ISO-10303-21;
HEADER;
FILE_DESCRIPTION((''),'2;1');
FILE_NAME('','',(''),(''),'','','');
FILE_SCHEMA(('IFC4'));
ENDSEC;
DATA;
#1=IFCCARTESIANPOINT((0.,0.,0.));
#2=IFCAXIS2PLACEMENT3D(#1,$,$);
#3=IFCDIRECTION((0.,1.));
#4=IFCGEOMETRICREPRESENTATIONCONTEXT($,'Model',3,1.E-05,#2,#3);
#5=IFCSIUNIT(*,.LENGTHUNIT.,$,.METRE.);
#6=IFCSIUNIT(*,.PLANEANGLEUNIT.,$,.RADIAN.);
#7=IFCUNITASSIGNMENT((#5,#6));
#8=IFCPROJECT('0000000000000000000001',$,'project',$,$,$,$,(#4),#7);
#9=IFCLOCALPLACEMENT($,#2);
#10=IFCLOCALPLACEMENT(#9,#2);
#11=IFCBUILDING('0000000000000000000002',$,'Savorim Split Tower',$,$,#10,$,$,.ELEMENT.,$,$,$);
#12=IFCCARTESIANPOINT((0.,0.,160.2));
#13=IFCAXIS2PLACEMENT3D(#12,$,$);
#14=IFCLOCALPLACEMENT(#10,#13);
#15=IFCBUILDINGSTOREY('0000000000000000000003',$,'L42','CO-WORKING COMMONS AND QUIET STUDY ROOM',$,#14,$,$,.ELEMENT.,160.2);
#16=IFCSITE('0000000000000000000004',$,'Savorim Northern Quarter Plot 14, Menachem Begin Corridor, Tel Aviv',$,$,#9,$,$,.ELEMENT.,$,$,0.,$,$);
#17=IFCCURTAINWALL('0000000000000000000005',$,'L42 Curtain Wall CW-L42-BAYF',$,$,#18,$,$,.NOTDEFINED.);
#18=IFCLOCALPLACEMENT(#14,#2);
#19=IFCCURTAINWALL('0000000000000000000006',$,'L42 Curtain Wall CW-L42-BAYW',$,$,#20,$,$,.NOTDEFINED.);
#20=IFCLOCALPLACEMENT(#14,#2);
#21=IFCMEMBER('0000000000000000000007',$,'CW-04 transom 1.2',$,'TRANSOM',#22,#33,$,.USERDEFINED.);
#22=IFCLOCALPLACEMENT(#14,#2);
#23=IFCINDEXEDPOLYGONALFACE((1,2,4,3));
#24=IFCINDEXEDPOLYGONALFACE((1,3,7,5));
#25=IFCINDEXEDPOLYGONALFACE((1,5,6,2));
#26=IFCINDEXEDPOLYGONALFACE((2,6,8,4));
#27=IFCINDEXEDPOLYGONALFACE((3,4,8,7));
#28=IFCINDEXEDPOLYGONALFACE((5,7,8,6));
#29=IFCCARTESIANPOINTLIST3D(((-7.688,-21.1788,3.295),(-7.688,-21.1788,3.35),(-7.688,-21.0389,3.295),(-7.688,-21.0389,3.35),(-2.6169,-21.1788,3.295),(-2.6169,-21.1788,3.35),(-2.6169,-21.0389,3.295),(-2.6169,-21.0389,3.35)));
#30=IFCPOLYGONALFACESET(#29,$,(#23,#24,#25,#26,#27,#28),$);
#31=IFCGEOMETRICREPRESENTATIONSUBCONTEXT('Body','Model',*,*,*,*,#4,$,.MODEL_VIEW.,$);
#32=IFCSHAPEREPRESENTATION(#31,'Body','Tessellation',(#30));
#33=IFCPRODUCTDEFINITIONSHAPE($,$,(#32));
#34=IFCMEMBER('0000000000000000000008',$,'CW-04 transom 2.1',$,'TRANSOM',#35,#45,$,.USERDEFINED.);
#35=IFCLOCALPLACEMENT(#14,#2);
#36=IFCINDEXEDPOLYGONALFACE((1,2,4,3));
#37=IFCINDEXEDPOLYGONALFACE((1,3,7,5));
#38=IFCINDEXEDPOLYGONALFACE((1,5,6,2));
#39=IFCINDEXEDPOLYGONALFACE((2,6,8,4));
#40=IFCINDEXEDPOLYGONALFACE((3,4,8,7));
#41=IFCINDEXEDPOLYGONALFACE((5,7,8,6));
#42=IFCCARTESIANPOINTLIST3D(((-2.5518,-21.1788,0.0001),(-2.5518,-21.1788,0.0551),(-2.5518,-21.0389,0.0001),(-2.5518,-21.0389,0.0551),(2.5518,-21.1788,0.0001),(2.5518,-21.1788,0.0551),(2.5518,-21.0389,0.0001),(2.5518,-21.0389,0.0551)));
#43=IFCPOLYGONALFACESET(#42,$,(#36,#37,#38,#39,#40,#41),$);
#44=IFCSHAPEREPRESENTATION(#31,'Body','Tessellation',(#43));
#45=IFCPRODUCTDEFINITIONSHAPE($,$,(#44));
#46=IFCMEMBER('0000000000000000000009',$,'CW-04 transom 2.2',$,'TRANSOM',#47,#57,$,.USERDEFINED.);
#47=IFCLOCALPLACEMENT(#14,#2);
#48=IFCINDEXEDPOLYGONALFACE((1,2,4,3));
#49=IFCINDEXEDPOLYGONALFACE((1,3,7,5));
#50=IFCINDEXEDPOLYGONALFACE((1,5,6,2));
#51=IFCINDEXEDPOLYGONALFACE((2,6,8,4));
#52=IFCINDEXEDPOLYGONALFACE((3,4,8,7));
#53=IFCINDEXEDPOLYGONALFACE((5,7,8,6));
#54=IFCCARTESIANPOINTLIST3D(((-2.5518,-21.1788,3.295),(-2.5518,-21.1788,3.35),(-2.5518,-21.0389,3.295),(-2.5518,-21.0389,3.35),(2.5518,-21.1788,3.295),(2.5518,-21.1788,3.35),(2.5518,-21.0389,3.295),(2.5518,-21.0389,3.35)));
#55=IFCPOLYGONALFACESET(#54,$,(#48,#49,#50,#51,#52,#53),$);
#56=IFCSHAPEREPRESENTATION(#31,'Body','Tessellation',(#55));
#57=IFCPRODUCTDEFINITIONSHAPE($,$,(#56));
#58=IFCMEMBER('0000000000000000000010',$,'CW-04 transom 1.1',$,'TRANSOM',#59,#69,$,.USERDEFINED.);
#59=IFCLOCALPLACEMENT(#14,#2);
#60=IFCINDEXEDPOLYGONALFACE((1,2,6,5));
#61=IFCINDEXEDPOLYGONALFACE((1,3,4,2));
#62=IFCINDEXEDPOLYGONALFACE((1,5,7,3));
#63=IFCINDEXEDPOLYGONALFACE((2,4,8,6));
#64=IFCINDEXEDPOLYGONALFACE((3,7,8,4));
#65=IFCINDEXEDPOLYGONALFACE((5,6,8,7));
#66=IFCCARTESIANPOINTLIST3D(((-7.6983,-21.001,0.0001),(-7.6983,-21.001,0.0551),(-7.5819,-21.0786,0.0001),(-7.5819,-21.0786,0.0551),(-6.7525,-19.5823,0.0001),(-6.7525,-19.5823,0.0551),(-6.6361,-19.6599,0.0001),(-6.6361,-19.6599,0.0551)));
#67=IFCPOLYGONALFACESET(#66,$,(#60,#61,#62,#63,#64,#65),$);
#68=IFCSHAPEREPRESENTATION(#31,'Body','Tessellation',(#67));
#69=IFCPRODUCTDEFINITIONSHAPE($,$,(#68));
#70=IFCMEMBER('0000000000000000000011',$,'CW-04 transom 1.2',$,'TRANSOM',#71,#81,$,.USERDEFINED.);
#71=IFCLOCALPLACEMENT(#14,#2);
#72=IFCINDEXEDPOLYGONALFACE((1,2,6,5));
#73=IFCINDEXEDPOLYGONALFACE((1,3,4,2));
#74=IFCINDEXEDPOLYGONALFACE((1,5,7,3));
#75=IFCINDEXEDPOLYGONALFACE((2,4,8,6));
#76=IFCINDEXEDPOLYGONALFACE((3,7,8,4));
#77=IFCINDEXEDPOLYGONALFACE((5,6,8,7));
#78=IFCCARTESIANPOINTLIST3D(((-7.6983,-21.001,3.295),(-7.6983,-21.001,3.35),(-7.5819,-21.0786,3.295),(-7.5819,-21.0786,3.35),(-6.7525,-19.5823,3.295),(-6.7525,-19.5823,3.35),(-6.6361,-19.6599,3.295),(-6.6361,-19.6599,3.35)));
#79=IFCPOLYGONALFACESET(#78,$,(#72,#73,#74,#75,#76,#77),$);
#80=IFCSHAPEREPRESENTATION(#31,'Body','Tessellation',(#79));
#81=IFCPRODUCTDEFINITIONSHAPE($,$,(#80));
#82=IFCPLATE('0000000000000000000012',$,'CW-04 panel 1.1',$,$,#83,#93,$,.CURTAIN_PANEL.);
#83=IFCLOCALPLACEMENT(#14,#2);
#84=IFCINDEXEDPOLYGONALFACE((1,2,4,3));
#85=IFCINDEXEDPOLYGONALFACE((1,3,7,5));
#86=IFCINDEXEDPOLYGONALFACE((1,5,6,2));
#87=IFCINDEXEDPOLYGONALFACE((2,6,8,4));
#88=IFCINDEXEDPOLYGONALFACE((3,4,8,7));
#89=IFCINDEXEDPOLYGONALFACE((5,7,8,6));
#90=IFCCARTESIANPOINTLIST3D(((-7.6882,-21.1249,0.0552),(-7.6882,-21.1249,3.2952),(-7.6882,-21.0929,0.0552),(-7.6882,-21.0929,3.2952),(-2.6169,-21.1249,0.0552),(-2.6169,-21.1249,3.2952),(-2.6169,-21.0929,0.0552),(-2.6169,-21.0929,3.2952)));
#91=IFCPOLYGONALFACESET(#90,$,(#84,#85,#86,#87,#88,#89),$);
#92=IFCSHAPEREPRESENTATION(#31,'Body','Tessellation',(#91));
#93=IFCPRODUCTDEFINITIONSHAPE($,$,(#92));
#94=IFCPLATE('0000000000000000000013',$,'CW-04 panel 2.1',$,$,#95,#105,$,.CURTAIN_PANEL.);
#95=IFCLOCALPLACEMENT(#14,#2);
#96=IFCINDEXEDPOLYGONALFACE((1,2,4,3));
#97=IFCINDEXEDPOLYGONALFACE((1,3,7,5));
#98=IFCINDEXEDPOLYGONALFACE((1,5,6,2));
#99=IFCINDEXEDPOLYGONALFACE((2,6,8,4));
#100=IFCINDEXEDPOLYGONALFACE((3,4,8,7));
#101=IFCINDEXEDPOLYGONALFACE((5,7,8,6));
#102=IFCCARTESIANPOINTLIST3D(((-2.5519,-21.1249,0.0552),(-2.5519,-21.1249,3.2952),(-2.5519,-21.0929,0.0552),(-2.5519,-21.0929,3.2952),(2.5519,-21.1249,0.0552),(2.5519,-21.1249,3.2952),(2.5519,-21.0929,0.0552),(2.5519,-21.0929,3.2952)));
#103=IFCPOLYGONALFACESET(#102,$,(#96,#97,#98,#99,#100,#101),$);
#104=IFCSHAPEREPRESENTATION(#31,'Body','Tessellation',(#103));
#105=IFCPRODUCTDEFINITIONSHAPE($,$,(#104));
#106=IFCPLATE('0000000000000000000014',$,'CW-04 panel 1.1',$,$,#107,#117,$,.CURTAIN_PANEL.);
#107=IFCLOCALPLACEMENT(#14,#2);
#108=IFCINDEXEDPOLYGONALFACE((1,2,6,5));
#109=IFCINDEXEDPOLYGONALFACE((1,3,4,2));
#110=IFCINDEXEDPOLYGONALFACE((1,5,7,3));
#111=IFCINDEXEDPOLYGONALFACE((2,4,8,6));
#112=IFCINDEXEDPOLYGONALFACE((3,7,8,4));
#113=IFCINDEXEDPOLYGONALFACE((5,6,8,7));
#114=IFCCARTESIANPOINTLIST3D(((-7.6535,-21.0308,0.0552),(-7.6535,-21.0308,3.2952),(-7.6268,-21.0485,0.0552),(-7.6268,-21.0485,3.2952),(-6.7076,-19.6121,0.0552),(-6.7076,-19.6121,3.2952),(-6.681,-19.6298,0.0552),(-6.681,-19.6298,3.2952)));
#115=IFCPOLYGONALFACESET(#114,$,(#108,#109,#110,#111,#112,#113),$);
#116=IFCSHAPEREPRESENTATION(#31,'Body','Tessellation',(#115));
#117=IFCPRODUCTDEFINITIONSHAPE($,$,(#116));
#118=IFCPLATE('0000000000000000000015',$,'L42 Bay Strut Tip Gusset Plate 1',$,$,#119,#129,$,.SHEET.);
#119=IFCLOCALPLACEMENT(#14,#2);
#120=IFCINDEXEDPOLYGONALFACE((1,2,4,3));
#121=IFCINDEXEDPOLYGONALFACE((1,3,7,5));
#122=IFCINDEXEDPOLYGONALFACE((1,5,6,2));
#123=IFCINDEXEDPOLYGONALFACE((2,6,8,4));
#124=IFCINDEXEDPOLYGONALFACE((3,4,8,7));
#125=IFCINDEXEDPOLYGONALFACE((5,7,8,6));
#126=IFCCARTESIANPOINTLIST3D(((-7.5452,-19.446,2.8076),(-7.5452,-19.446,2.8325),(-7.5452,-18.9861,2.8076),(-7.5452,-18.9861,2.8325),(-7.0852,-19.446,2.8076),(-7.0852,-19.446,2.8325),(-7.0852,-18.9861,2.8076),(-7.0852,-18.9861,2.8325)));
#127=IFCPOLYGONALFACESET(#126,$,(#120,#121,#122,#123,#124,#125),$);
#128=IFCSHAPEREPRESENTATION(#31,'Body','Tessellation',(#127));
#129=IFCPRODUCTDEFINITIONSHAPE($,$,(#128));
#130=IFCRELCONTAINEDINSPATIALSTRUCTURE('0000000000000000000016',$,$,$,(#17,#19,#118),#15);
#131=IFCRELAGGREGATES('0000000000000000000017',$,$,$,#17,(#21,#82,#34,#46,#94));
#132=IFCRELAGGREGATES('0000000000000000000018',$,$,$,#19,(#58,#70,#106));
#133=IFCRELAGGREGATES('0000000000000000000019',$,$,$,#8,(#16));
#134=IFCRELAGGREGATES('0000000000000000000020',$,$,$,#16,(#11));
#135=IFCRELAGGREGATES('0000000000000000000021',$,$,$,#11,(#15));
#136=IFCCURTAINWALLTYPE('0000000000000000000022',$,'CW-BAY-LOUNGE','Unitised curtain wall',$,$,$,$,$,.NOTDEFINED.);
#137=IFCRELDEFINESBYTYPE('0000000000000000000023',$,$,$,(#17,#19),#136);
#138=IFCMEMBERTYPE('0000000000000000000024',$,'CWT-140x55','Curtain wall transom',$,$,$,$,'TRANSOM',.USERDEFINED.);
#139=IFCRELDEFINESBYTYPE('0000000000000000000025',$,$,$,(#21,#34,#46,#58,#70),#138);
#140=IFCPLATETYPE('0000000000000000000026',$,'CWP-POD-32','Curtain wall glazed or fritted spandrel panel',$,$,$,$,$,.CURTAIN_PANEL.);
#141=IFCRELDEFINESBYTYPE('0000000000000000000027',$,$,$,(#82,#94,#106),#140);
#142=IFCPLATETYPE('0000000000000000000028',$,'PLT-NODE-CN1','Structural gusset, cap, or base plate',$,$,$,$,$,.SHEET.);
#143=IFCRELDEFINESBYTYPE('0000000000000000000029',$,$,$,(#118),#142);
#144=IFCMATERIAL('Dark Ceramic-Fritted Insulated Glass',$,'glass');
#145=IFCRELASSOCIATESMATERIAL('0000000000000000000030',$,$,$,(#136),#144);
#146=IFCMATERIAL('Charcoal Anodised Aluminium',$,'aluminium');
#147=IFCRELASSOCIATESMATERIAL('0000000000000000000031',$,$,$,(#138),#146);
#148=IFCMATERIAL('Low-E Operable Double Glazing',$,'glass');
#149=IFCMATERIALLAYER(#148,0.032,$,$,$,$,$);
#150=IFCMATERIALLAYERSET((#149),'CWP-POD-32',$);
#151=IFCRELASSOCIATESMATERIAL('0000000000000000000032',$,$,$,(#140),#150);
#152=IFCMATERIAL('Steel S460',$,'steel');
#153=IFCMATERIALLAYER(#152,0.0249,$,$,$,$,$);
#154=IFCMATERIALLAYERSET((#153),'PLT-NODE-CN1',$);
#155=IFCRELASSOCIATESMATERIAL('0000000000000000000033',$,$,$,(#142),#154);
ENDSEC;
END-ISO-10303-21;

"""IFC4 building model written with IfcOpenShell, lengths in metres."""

from ifc_helpers import new_model, si_unit, direction, frame, origin, origin_2d, place, context, subcontext, project, spatial, rectangle, extrude, material, layer, layer_set, material_profile, profile_set, type_object, element, aggregate, save


model = new_model("IFC4")

# Units and contexts
model_context = context("Model", 3, precision=1e-05, world=origin(), true_north=direction((0.0, 1.0)))
body_context = subcontext(model_context, "Body", "Model", "MODEL_VIEW")
ifc_project = project(units=[si_unit("LENGTHUNIT", "METRE"), si_unit("PLANEANGLEUNIT", "RADIAN")], contexts=[model_context])

# Site, building, storey
site_placement = place(None, origin())
site = spatial("IfcSite", under=ifc_project, at=site_placement, Name="Savorim Northern Quarter Plot 14, Menachem Begin Corridor, Tel Aviv", CompositionType="ELEMENT", RefElevation=0.0)
building_placement = place(site_placement, origin())
building = spatial("IfcBuilding", under=site, at=building_placement, Name="Savorim Split Tower", CompositionType="ELEMENT")
storey_placement = place(building_placement, frame((0.0, 0.0, 160.2)))
storey = spatial("IfcBuildingStorey", under=building, at=storey_placement, Name="L42", Description="CO-WORKING COMMONS AND QUIET STUDY ROOM", CompositionType="ELEMENT", Elevation=160.2)

# Shared definitions
ifc_material_1 = material(Name="Steel S460", Category="steel")

# Shared definitions
ifc_material_2 = material(Name="Dark Ceramic-Fritted Insulated Glass", Category="glass")
ifc_material_3 = material(Name="Charcoal Anodised Aluminium", Category="aluminium")

# Curtain walls
curtain_wall_type_1 = type_object("IfcCurtainWallType", Name="CW-BAY-LOUNGE", Description="Unitised curtain wall", PredefinedType="NOTDEFINED", material=ifc_material_2)
curtain_wall_1_placement = place(storey_placement, origin())
curtain_wall_1 = element("IfcCurtainWall", 1, at=curtain_wall_1_placement, inside=storey, type_object=curtain_wall_type_1, Name="L42 Curtain Wall CW-L42-BAYF", PredefinedType="NOTDEFINED")
curtain_wall_2_placement = place(storey_placement, origin())
curtain_wall_2 = element("IfcCurtainWall", 2, at=curtain_wall_2_placement, inside=storey, type_object=curtain_wall_type_1, Name="L42 Curtain Wall CW-L42-BAYW", PredefinedType="NOTDEFINED")

# Members
ifc_material_profile_1 = material_profile(ifc_material_3, rectangle(XDim=0.1399, YDim=0.0549, at=origin_2d()), Name="ALU-T 140x55")
ifc_profile_set_1 = profile_set([ifc_material_profile_1], Name="Charcoal Anodised Aluminium")
member_type_1 = type_object("IfcMemberType", Name="CWT-140x55", Description="Curtain wall transom", ElementType="TRANSOM", PredefinedType="USERDEFINED", material=ifc_profile_set_1)
member_1_placement = place(storey_placement, frame((-7.688, -21.1089, 3.3225), z_axis=(1.0, 0.0, 0.0), x_axis=(0.0, 1.0, 0.0)))
member_1 = element("IfcMember", 3, at=member_1_placement, type_object=member_type_1, Name="CW-04 transom 1.2", ObjectType="TRANSOM", PredefinedType="USERDEFINED", context=body_context, shape_type="SweptSolid", body=[
    extrude(rectangle(XDim=0.1399, YDim=0.0549, at=origin_2d()), origin(), (0.0, 0.0, 1.0), 5.071),
])
member_2_placement = place(storey_placement, frame((-2.5518, -21.1089, 0.0276), z_axis=(1.0, 0.0, 0.0), x_axis=(0.0, 1.0, 0.0)))
member_2 = element("IfcMember", 4, at=member_2_placement, type_object=member_type_1, Name="CW-04 transom 2.1", ObjectType="TRANSOM", PredefinedType="USERDEFINED", context=body_context, shape_type="SweptSolid", body=[
    extrude(rectangle(XDim=0.1399, YDim=0.0549, at=origin_2d()), origin(), (0.0, 0.0, 1.0), 5.1035),
])
member_3_placement = place(storey_placement, frame((-2.5518, -21.1089, 3.3225), z_axis=(1.0, 0.0, 0.0), x_axis=(0.0, 1.0, 0.0)))
member_3 = element("IfcMember", 5, at=member_3_placement, type_object=member_type_1, Name="CW-04 transom 2.2", ObjectType="TRANSOM", PredefinedType="USERDEFINED", context=body_context, shape_type="SweptSolid", body=[
    extrude(rectangle(XDim=0.1399, YDim=0.0549, at=origin_2d()), origin(), (0.0, 0.0, 1.0), 5.1035),
])
member_4_placement = place(storey_placement, frame((-6.6943, -19.6211, 0.0276), z_axis=(-0.5547, -0.83205, 0.0), x_axis=(0.83205, -0.5547, 0.0)))
member_4 = element("IfcMember", 6, at=member_4_placement, type_object=member_type_1, Name="CW-04 transom 1.1", ObjectType="TRANSOM", PredefinedType="USERDEFINED", context=body_context, shape_type="SweptSolid", body=[
    extrude(rectangle(XDim=0.1399, YDim=0.0549, at=origin_2d()), origin(), (0.0, 0.0, 1.0), 1.7051),
])
member_5_placement = place(storey_placement, frame((-6.6943, -19.6211, 3.3225), z_axis=(-0.5547, -0.83205, 0.0), x_axis=(0.83205, -0.5547, 0.0)))
member_5 = element("IfcMember", 7, at=member_5_placement, type_object=member_type_1, Name="CW-04 transom 1.2", ObjectType="TRANSOM", PredefinedType="USERDEFINED", context=body_context, shape_type="SweptSolid", body=[
    extrude(rectangle(XDim=0.1399, YDim=0.0549, at=origin_2d()), origin(), (0.0, 0.0, 1.0), 1.7051),
])

# Plates
ifc_material_4 = material(Name="Low-E Operable Double Glazing", Category="glass")
ifc_layer_1 = layer(ifc_material_4, 0.032)
ifc_layer_set_1 = layer_set([ifc_layer_1], Name="CWP-POD-32")
plate_type_1 = type_object("IfcPlateType", Name="CWP-POD-32", Description="Curtain wall glazed or fritted spandrel panel", PredefinedType="CURTAIN_PANEL", material=ifc_layer_set_1)
plate_1_placement = place(storey_placement, frame((-5.1526, -21.1089, 0.0552), z_axis=(0.0, 0.0, 1.0), x_axis=(1.0, 0.0, 0.0)))
plate_1 = element("IfcPlate", 8, at=plate_1_placement, type_object=plate_type_1, Name="CW-04 panel 1.1", PredefinedType="CURTAIN_PANEL", context=body_context, shape_type="SweptSolid", body=[
    extrude(rectangle(XDim=5.0713, YDim=0.032, at=origin_2d()), origin(), (0.0, 0.0, 1.0), 3.24),
])
plate_2_placement = place(storey_placement, frame((0.0, -21.1089, 0.0552), z_axis=(0.0, 0.0, 1.0), x_axis=(1.0, 0.0, 0.0)))
plate_2 = element("IfcPlate", 9, at=plate_2_placement, type_object=plate_type_1, Name="CW-04 panel 2.1", PredefinedType="CURTAIN_PANEL", context=body_context, shape_type="SweptSolid", body=[
    extrude(rectangle(XDim=5.1038, YDim=0.032, at=origin_2d()), origin(), (0.0, 0.0, 1.0), 3.24),
])
aggregate(curtain_wall_1, [member_1, plate_1, member_2, member_3, plate_2])
plate_3_placement = place(storey_placement, frame((-7.1672, -20.3303, 0.0552), z_axis=(0.0, 0.0, 1.0), x_axis=(-0.554713, -0.832042, 0.0)))
plate_3 = element("IfcPlate", 10, at=plate_3_placement, type_object=plate_type_1, Name="CW-04 panel 1.1", PredefinedType="CURTAIN_PANEL", context=body_context, shape_type="SweptSolid", body=[
    extrude(rectangle(XDim=1.7051, YDim=0.032, at=origin_2d()), origin(), (0.0, 0.0, 1.0), 3.24),
])
aggregate(curtain_wall_2, [member_4, member_5, plate_3])
ifc_layer_2 = layer(ifc_material_1, 0.0249)
ifc_layer_set_2 = layer_set([ifc_layer_2], Name="PLT-NODE-CN1")
plate_type_2 = type_object("IfcPlateType", Name="PLT-NODE-CN1", Description="Structural gusset, cap, or base plate", PredefinedType="SHEET", material=ifc_layer_set_2)
plate_4_placement = place(storey_placement, frame((-7.3152, -19.2161, 2.8076), z_axis=(0.0, 0.0, 1.0), x_axis=(1.0, 0.0, 0.0)))
element("IfcPlate", 11, at=plate_4_placement, inside=storey, type_object=plate_type_2, Name="L42 Bay Strut Tip Gusset Plate 1", PredefinedType="SHEET", context=body_context, shape_type="SweptSolid", body=[
    extrude(rectangle(XDim=0.46, YDim=0.46, at=origin_2d()), origin(), (0.0, 0.0, 1.0), 0.0249),
])

save(model, "model.ifc")
